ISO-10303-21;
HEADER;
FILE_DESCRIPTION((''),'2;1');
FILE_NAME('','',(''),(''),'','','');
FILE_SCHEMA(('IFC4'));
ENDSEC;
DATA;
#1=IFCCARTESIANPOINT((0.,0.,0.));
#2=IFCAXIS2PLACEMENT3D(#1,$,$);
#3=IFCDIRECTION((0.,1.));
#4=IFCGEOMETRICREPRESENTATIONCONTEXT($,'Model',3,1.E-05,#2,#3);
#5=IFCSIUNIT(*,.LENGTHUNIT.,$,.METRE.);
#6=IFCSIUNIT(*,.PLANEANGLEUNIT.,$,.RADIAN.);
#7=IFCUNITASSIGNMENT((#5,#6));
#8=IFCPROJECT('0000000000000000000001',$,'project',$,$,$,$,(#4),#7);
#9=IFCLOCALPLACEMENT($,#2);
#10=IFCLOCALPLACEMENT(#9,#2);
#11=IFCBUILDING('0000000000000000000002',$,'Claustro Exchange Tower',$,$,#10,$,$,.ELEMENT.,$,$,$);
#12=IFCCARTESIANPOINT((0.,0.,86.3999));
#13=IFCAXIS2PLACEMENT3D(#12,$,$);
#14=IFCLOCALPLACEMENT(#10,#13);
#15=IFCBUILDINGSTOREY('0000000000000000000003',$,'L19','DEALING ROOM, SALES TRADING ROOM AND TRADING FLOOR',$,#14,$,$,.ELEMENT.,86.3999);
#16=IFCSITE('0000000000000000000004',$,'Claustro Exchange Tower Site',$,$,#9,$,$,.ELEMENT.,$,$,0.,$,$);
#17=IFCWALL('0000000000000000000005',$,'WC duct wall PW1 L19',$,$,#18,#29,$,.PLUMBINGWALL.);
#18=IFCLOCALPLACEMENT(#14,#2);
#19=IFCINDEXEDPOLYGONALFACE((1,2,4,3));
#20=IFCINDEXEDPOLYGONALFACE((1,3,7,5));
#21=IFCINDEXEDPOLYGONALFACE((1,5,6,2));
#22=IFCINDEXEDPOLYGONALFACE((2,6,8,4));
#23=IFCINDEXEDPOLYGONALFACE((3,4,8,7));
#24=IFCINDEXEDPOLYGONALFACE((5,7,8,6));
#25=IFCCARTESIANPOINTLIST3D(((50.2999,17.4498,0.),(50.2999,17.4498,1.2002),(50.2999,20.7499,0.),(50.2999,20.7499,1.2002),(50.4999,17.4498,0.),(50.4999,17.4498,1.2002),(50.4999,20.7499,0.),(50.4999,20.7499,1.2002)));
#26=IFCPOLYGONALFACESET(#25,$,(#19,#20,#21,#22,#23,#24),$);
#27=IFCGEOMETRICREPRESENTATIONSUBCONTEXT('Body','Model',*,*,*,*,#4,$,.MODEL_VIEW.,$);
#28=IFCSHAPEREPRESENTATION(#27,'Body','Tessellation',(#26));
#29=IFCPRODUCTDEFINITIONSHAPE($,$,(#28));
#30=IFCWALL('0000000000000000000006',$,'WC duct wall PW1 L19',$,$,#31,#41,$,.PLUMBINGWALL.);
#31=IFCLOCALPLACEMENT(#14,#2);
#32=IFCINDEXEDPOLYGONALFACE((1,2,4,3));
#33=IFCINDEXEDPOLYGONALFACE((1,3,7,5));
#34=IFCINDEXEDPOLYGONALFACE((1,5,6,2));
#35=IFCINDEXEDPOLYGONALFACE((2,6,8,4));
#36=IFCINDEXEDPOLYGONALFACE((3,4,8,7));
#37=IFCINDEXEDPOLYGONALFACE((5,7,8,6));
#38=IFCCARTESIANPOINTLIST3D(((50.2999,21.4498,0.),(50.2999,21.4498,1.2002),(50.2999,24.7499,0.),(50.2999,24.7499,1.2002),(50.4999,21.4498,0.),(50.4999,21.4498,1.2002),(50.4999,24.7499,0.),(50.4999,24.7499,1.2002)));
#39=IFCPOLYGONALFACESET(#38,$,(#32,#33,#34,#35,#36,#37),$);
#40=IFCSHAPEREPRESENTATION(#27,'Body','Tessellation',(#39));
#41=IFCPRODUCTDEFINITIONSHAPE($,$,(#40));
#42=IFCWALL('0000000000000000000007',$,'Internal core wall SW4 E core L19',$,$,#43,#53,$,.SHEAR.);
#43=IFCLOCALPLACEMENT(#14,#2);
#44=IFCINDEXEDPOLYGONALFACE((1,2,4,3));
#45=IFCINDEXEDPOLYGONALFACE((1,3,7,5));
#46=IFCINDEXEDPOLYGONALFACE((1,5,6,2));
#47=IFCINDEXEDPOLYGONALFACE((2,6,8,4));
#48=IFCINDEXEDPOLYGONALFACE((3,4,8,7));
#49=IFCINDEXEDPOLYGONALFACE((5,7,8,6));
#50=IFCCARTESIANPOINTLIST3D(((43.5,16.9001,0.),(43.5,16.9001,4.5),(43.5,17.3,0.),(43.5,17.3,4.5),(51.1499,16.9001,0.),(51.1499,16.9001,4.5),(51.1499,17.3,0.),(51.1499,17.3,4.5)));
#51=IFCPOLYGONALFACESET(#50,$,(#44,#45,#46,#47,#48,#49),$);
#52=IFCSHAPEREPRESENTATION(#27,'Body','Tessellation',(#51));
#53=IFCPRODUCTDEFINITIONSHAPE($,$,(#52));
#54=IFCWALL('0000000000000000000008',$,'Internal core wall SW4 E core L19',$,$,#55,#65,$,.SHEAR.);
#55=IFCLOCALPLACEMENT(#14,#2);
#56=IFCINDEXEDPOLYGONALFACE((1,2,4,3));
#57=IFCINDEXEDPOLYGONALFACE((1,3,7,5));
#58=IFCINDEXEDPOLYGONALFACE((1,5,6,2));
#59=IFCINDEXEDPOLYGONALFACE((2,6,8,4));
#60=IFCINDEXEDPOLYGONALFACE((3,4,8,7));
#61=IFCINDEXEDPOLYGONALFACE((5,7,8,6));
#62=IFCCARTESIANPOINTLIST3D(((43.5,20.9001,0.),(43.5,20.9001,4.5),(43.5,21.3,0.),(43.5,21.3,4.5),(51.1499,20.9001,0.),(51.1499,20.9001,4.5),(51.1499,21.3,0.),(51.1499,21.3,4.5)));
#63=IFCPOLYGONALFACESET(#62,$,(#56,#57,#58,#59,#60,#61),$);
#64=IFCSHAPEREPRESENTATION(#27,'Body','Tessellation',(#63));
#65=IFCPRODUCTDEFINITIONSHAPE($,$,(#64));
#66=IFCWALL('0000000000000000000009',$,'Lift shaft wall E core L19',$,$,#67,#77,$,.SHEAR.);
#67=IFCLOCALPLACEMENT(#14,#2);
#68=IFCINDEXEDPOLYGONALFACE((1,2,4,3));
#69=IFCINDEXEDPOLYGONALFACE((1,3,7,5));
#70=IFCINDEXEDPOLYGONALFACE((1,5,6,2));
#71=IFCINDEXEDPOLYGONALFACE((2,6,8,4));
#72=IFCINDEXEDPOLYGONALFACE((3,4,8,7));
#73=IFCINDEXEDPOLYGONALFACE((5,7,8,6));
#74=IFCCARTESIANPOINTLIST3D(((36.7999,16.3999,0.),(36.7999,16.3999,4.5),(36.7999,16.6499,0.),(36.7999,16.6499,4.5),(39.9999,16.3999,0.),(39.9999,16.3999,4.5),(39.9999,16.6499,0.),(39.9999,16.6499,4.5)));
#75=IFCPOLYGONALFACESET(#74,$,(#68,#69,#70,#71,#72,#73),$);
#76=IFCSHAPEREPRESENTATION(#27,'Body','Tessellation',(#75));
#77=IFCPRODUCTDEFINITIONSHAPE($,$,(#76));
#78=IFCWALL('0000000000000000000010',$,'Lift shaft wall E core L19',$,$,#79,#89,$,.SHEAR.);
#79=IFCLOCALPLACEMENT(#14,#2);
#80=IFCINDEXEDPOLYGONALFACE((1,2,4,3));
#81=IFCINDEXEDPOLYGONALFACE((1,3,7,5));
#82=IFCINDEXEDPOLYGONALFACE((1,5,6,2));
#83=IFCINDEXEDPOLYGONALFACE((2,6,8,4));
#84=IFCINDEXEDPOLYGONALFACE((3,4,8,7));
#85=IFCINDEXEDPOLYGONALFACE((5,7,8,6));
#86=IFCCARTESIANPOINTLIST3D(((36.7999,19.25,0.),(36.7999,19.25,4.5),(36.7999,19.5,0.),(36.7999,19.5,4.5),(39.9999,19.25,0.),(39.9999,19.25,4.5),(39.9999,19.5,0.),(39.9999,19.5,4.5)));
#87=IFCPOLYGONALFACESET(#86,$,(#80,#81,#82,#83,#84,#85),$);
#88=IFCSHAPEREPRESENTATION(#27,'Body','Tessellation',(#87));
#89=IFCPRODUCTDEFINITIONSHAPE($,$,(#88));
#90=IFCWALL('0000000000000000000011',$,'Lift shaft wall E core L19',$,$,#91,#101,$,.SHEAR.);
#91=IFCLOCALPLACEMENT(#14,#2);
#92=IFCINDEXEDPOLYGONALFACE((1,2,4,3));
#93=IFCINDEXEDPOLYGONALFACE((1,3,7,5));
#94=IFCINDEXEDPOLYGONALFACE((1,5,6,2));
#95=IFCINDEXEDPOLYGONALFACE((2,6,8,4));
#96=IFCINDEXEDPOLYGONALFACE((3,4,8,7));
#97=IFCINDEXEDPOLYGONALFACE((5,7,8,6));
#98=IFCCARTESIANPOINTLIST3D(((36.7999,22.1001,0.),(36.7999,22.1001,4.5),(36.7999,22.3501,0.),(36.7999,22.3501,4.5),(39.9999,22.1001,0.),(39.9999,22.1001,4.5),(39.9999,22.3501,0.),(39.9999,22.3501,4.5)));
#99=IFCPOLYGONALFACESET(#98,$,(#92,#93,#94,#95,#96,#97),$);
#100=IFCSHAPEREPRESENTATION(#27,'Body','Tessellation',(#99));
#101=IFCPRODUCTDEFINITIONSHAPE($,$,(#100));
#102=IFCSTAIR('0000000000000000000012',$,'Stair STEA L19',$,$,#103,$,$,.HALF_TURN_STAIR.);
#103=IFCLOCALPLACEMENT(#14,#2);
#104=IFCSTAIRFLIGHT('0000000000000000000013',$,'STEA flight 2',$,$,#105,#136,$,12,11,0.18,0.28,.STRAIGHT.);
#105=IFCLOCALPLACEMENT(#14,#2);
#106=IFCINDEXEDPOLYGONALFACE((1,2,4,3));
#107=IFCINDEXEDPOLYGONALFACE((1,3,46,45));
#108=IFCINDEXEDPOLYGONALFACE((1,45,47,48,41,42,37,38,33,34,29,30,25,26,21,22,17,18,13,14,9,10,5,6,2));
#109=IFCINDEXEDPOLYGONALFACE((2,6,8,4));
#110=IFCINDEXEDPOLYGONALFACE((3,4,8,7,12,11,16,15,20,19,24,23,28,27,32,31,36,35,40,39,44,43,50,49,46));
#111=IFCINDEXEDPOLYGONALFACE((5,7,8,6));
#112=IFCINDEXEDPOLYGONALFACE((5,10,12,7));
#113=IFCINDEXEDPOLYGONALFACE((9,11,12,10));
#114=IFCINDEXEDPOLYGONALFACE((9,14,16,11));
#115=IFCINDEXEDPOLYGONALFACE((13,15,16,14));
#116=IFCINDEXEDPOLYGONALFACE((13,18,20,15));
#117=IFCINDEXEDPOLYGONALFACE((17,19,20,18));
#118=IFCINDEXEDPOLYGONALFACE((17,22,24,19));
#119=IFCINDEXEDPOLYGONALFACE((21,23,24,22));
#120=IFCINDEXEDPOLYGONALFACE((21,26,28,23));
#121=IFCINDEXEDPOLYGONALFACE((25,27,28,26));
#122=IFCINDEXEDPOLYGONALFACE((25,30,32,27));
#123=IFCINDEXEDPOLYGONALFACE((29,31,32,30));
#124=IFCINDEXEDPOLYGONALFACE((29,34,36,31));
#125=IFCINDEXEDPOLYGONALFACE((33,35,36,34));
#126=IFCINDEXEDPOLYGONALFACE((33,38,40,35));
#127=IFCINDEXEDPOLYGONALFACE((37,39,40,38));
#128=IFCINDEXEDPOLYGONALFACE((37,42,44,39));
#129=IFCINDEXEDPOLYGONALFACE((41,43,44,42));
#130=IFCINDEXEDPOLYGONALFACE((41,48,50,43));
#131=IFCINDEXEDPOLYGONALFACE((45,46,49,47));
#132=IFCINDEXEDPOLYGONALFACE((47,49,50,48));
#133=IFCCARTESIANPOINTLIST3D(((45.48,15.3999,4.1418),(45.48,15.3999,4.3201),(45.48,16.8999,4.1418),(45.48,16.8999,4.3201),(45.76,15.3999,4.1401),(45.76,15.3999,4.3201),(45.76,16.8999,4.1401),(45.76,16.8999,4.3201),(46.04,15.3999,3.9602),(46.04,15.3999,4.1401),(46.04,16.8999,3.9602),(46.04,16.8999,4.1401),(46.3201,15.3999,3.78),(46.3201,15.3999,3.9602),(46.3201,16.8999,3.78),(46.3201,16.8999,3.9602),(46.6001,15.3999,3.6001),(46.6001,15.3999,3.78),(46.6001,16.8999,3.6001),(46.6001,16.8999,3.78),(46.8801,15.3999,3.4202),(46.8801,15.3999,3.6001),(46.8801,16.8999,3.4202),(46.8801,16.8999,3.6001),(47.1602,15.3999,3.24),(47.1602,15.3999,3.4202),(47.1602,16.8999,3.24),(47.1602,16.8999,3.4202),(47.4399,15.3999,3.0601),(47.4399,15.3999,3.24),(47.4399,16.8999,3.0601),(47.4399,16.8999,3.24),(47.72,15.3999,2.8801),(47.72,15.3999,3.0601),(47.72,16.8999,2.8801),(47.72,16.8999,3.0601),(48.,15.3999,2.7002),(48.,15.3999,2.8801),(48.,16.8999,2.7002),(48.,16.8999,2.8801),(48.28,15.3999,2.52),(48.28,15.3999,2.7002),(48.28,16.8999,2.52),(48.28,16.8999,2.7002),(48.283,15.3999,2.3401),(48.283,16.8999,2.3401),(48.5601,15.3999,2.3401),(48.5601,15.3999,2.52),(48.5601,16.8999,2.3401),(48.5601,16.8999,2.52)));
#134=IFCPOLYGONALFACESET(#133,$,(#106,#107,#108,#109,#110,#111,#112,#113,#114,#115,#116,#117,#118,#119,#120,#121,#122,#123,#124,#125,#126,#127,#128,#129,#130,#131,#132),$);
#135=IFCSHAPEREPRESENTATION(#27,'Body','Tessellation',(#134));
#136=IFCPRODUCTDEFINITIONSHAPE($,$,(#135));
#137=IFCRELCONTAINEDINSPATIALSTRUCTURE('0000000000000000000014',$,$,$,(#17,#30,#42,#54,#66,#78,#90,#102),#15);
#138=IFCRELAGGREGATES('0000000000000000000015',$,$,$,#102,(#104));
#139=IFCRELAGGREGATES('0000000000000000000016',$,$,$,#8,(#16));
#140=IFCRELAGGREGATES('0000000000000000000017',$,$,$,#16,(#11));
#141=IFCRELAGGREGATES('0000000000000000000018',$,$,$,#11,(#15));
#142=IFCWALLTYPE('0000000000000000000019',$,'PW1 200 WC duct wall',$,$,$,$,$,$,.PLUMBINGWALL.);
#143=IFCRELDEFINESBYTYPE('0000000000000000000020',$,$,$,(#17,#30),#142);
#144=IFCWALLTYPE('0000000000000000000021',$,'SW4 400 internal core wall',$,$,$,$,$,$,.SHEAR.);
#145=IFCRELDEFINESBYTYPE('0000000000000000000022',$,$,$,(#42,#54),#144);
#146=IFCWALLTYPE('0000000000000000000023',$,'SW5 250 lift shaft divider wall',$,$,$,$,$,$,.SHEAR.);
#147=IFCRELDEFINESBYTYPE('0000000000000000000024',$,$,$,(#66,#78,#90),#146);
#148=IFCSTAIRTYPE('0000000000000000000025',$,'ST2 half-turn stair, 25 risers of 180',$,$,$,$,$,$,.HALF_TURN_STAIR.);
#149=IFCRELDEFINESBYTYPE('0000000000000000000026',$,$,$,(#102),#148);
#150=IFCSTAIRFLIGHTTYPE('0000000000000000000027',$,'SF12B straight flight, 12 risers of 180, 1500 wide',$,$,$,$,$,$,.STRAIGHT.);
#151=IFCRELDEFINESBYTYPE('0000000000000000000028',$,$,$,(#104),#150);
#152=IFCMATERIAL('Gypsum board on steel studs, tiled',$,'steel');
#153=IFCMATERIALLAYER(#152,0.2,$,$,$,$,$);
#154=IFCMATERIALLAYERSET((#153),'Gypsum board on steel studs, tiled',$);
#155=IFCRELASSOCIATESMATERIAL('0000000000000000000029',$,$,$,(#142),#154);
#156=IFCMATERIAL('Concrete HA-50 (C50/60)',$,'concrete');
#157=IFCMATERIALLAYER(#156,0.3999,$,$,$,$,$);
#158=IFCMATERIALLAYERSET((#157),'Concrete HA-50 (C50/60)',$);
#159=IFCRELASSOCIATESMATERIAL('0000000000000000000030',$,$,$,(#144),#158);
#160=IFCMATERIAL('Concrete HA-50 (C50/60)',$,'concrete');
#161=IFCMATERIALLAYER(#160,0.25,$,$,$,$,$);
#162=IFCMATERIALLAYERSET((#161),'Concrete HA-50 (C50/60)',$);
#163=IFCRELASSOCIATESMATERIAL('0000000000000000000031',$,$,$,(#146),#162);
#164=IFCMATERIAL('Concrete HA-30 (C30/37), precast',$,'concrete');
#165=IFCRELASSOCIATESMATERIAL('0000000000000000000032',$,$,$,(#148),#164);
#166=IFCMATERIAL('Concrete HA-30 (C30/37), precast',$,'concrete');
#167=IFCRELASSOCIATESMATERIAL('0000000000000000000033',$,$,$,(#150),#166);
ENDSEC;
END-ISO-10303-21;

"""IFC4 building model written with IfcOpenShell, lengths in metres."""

from ifc_helpers import new_model, si_unit, direction, frame, frame_2d, origin, place, context, subcontext, project, spatial, polyline, rectangle, outline, extrude, material, layer, layer_set, type_object, element, aggregate, save


model = new_model("IFC4")

# Units and contexts
model_context = context("Model", 3, precision=1e-05, world=origin(), true_north=direction((0.0, 1.0)))
body_context = subcontext(model_context, "Body", "Model", "MODEL_VIEW")
ifc_project = project(units=[si_unit("LENGTHUNIT", "METRE"), si_unit("PLANEANGLEUNIT", "RADIAN")], contexts=[model_context])

# Site, building, storey
site_placement = place(None, origin())
site = spatial("IfcSite", under=ifc_project, at=site_placement, Name="Claustro Exchange Tower Site", CompositionType="ELEMENT", RefElevation=0.0)
building_placement = place(site_placement, origin())
building = spatial("IfcBuilding", under=site, at=building_placement, Name="Claustro Exchange Tower", CompositionType="ELEMENT")
storey_placement = place(building_placement, frame((0.0, 0.0, 86.3999)))
storey = spatial("IfcBuildingStorey", under=building, at=storey_placement, Name="L19", Description="DEALING ROOM, SALES TRADING ROOM AND TRADING FLOOR", CompositionType="ELEMENT", Elevation=86.3999)

# Walls
ifc_material_1 = material(Name="Gypsum board on steel studs, tiled", Category="steel")
ifc_layer_1 = layer(ifc_material_1, 0.2)
ifc_layer_set_1 = layer_set([ifc_layer_1], Name="Gypsum board on steel studs, tiled")
wall_type_1 = type_object("IfcWallType", Name="PW1 200 WC duct wall", PredefinedType="PLUMBINGWALL", material=ifc_layer_set_1)
for number, where, z_axis, x_axis, name in (
    (1, (50.3999, 17.45, 0.0), (0.0, 0.0, 1.0), (0.0, 1.0, 0.0), "WC duct wall PW1 L19"),
    (2, (50.3999, 21.45, 0.0), (0.0, 0.0, 1.0), (0.0, 1.0, 0.0), "WC duct wall PW1 L19"),
):
    element("IfcWall", number, at=place(storey_placement, frame(where, z_axis=z_axis, x_axis=x_axis)), inside=storey, type_object=wall_type_1, Name=name, PredefinedType="PLUMBINGWALL", context=body_context, shape_type="SweptSolid", body=[
        extrude(rectangle(XDim=3.3, YDim=0.2, at=frame_2d((1.6499, 0.0))), origin(), (0.0, 0.0, 1.0), 1.2002),
    ])
ifc_material_2 = material(Name="Concrete HA-50 (C50/60)", Category="concrete")
ifc_layer_2 = layer(ifc_material_2, 0.3999)
ifc_layer_set_2 = layer_set([ifc_layer_2], Name="Concrete HA-50 (C50/60)")
wall_type_2 = type_object("IfcWallType", Name="SW4 400 internal core wall", PredefinedType="SHEAR", material=ifc_layer_set_2)
for number, where, z_axis, x_axis, name in (
    (3, (51.1499, 17.1001, 0.0), (0.0, 0.0, 1.0), (-1.0, 0.0, 0.0), "Internal core wall SW4 E core L19"),
    (4, (51.1499, 21.1001, 0.0), (0.0, 0.0, 1.0), (-1.0, 0.0, 0.0), "Internal core wall SW4 E core L19"),
):
    element("IfcWall", number, at=place(storey_placement, frame(where, z_axis=z_axis, x_axis=x_axis)), inside=storey, type_object=wall_type_2, Name=name, PredefinedType="SHEAR", context=body_context, shape_type="SweptSolid", body=[
        extrude(rectangle(XDim=7.6499, YDim=0.3999, at=frame_2d((3.825, 0.0))), origin(), (0.0, 0.0, 1.0), 4.5),
    ])
ifc_material_3 = material(Name="Concrete HA-50 (C50/60)", Category="concrete")
ifc_layer_3 = layer(ifc_material_3, 0.25)
ifc_layer_set_3 = layer_set([ifc_layer_3], Name="Concrete HA-50 (C50/60)")
wall_type_3 = type_object("IfcWallType", Name="SW5 250 lift shaft divider wall", PredefinedType="SHEAR", material=ifc_layer_set_3)
for number, where, z_axis, x_axis, name in (
    (5, (40.0, 16.5249, 0.0), (0.0, 0.0, 1.0), (-1.0, 0.0, 0.0), "Lift shaft wall E core L19"),
    (6, (40.0, 19.375, 0.0), (0.0, 0.0, 1.0), (-1.0, 0.0, 0.0), "Lift shaft wall E core L19"),
    (7, (40.0, 22.2251, 0.0), (0.0, 0.0, 1.0), (-1.0, 0.0, 0.0), "Lift shaft wall E core L19"),
):
    element("IfcWall", number, at=place(storey_placement, frame(where, z_axis=z_axis, x_axis=x_axis)), inside=storey, type_object=wall_type_3, Name=name, PredefinedType="SHEAR", context=body_context, shape_type="SweptSolid", body=[
        extrude(rectangle(XDim=3.2, YDim=0.25, at=frame_2d((1.6001, 0.0))), origin(), (0.0, 0.0, 1.0), 4.5),
    ])

# Stair, stair flight
ifc_material_4 = material(Name="Concrete HA-30 (C30/37), precast", Category="concrete")
stair_type = type_object("IfcStairType", Name="ST2 half-turn stair, 25 risers of 180", PredefinedType="HALF_TURN_STAIR", material=ifc_material_4)
stair_placement = place(storey_placement, origin())
stair = element("IfcStair", 8, at=stair_placement, inside=storey, type_object=stair_type, Name="Stair STEA L19", PredefinedType="HALF_TURN_STAIR")
ifc_material_5 = material(Name="Concrete HA-30 (C30/37), precast", Category="concrete")
stair_flight_type = type_object("IfcStairFlightType", Name="SF12B straight flight, 12 risers of 180, 1500 wide", PredefinedType="STRAIGHT", material=ifc_material_5)
stair_flight_placement = place(storey_placement, frame((48.5601, 16.1499, 2.3401), z_axis=(0.0, 0.0, 1.0), x_axis=(-1.0, 0.0, 0.0)))
stair_flight = element("IfcStairFlight", 9, at=stair_flight_placement, type_object=stair_flight_type, Name="STEA flight 2", NumberOfRisers=12, NumberOfTreads=11, PredefinedType="STRAIGHT", RiserHeight=0.18, TreadLength=0.28, context=body_context, shape_type="SweptSolid", body=[
    extrude(outline(polyline([(0.0, 0.0), (0.0, 0.1799), (0.28, 0.1799), (0.28, 0.3601), (0.5601, 0.3601), (0.5601, 0.54), (0.8401, 0.54), (0.8401, 0.72), (1.1201, 0.72), (1.1201, 0.8999), (1.3999, 0.8999), (1.3999, 1.0801), (1.6799, 1.0801), (1.6799, 1.26), (1.96, 1.26), (1.96, 1.4399), (2.24, 1.4399), (2.24, 1.6201), (2.52, 1.6201), (2.52, 1.8), (2.8, 1.8), (2.8, 1.98), (3.0801, 1.98), (3.0801, 2.1599), (3.0801, 1.8018), (0.2771, 0.0), (0.0, 0.0)])), frame((0.0, 0.75, 0.0), z_axis=(0.0, -1.0, 0.0), x_axis=(1.0, 0.0, 0.0)), (0.0, 0.0, 1.0), 1.5),
])
aggregate(stair, [stair_flight])

save(model, "model.ifc")
